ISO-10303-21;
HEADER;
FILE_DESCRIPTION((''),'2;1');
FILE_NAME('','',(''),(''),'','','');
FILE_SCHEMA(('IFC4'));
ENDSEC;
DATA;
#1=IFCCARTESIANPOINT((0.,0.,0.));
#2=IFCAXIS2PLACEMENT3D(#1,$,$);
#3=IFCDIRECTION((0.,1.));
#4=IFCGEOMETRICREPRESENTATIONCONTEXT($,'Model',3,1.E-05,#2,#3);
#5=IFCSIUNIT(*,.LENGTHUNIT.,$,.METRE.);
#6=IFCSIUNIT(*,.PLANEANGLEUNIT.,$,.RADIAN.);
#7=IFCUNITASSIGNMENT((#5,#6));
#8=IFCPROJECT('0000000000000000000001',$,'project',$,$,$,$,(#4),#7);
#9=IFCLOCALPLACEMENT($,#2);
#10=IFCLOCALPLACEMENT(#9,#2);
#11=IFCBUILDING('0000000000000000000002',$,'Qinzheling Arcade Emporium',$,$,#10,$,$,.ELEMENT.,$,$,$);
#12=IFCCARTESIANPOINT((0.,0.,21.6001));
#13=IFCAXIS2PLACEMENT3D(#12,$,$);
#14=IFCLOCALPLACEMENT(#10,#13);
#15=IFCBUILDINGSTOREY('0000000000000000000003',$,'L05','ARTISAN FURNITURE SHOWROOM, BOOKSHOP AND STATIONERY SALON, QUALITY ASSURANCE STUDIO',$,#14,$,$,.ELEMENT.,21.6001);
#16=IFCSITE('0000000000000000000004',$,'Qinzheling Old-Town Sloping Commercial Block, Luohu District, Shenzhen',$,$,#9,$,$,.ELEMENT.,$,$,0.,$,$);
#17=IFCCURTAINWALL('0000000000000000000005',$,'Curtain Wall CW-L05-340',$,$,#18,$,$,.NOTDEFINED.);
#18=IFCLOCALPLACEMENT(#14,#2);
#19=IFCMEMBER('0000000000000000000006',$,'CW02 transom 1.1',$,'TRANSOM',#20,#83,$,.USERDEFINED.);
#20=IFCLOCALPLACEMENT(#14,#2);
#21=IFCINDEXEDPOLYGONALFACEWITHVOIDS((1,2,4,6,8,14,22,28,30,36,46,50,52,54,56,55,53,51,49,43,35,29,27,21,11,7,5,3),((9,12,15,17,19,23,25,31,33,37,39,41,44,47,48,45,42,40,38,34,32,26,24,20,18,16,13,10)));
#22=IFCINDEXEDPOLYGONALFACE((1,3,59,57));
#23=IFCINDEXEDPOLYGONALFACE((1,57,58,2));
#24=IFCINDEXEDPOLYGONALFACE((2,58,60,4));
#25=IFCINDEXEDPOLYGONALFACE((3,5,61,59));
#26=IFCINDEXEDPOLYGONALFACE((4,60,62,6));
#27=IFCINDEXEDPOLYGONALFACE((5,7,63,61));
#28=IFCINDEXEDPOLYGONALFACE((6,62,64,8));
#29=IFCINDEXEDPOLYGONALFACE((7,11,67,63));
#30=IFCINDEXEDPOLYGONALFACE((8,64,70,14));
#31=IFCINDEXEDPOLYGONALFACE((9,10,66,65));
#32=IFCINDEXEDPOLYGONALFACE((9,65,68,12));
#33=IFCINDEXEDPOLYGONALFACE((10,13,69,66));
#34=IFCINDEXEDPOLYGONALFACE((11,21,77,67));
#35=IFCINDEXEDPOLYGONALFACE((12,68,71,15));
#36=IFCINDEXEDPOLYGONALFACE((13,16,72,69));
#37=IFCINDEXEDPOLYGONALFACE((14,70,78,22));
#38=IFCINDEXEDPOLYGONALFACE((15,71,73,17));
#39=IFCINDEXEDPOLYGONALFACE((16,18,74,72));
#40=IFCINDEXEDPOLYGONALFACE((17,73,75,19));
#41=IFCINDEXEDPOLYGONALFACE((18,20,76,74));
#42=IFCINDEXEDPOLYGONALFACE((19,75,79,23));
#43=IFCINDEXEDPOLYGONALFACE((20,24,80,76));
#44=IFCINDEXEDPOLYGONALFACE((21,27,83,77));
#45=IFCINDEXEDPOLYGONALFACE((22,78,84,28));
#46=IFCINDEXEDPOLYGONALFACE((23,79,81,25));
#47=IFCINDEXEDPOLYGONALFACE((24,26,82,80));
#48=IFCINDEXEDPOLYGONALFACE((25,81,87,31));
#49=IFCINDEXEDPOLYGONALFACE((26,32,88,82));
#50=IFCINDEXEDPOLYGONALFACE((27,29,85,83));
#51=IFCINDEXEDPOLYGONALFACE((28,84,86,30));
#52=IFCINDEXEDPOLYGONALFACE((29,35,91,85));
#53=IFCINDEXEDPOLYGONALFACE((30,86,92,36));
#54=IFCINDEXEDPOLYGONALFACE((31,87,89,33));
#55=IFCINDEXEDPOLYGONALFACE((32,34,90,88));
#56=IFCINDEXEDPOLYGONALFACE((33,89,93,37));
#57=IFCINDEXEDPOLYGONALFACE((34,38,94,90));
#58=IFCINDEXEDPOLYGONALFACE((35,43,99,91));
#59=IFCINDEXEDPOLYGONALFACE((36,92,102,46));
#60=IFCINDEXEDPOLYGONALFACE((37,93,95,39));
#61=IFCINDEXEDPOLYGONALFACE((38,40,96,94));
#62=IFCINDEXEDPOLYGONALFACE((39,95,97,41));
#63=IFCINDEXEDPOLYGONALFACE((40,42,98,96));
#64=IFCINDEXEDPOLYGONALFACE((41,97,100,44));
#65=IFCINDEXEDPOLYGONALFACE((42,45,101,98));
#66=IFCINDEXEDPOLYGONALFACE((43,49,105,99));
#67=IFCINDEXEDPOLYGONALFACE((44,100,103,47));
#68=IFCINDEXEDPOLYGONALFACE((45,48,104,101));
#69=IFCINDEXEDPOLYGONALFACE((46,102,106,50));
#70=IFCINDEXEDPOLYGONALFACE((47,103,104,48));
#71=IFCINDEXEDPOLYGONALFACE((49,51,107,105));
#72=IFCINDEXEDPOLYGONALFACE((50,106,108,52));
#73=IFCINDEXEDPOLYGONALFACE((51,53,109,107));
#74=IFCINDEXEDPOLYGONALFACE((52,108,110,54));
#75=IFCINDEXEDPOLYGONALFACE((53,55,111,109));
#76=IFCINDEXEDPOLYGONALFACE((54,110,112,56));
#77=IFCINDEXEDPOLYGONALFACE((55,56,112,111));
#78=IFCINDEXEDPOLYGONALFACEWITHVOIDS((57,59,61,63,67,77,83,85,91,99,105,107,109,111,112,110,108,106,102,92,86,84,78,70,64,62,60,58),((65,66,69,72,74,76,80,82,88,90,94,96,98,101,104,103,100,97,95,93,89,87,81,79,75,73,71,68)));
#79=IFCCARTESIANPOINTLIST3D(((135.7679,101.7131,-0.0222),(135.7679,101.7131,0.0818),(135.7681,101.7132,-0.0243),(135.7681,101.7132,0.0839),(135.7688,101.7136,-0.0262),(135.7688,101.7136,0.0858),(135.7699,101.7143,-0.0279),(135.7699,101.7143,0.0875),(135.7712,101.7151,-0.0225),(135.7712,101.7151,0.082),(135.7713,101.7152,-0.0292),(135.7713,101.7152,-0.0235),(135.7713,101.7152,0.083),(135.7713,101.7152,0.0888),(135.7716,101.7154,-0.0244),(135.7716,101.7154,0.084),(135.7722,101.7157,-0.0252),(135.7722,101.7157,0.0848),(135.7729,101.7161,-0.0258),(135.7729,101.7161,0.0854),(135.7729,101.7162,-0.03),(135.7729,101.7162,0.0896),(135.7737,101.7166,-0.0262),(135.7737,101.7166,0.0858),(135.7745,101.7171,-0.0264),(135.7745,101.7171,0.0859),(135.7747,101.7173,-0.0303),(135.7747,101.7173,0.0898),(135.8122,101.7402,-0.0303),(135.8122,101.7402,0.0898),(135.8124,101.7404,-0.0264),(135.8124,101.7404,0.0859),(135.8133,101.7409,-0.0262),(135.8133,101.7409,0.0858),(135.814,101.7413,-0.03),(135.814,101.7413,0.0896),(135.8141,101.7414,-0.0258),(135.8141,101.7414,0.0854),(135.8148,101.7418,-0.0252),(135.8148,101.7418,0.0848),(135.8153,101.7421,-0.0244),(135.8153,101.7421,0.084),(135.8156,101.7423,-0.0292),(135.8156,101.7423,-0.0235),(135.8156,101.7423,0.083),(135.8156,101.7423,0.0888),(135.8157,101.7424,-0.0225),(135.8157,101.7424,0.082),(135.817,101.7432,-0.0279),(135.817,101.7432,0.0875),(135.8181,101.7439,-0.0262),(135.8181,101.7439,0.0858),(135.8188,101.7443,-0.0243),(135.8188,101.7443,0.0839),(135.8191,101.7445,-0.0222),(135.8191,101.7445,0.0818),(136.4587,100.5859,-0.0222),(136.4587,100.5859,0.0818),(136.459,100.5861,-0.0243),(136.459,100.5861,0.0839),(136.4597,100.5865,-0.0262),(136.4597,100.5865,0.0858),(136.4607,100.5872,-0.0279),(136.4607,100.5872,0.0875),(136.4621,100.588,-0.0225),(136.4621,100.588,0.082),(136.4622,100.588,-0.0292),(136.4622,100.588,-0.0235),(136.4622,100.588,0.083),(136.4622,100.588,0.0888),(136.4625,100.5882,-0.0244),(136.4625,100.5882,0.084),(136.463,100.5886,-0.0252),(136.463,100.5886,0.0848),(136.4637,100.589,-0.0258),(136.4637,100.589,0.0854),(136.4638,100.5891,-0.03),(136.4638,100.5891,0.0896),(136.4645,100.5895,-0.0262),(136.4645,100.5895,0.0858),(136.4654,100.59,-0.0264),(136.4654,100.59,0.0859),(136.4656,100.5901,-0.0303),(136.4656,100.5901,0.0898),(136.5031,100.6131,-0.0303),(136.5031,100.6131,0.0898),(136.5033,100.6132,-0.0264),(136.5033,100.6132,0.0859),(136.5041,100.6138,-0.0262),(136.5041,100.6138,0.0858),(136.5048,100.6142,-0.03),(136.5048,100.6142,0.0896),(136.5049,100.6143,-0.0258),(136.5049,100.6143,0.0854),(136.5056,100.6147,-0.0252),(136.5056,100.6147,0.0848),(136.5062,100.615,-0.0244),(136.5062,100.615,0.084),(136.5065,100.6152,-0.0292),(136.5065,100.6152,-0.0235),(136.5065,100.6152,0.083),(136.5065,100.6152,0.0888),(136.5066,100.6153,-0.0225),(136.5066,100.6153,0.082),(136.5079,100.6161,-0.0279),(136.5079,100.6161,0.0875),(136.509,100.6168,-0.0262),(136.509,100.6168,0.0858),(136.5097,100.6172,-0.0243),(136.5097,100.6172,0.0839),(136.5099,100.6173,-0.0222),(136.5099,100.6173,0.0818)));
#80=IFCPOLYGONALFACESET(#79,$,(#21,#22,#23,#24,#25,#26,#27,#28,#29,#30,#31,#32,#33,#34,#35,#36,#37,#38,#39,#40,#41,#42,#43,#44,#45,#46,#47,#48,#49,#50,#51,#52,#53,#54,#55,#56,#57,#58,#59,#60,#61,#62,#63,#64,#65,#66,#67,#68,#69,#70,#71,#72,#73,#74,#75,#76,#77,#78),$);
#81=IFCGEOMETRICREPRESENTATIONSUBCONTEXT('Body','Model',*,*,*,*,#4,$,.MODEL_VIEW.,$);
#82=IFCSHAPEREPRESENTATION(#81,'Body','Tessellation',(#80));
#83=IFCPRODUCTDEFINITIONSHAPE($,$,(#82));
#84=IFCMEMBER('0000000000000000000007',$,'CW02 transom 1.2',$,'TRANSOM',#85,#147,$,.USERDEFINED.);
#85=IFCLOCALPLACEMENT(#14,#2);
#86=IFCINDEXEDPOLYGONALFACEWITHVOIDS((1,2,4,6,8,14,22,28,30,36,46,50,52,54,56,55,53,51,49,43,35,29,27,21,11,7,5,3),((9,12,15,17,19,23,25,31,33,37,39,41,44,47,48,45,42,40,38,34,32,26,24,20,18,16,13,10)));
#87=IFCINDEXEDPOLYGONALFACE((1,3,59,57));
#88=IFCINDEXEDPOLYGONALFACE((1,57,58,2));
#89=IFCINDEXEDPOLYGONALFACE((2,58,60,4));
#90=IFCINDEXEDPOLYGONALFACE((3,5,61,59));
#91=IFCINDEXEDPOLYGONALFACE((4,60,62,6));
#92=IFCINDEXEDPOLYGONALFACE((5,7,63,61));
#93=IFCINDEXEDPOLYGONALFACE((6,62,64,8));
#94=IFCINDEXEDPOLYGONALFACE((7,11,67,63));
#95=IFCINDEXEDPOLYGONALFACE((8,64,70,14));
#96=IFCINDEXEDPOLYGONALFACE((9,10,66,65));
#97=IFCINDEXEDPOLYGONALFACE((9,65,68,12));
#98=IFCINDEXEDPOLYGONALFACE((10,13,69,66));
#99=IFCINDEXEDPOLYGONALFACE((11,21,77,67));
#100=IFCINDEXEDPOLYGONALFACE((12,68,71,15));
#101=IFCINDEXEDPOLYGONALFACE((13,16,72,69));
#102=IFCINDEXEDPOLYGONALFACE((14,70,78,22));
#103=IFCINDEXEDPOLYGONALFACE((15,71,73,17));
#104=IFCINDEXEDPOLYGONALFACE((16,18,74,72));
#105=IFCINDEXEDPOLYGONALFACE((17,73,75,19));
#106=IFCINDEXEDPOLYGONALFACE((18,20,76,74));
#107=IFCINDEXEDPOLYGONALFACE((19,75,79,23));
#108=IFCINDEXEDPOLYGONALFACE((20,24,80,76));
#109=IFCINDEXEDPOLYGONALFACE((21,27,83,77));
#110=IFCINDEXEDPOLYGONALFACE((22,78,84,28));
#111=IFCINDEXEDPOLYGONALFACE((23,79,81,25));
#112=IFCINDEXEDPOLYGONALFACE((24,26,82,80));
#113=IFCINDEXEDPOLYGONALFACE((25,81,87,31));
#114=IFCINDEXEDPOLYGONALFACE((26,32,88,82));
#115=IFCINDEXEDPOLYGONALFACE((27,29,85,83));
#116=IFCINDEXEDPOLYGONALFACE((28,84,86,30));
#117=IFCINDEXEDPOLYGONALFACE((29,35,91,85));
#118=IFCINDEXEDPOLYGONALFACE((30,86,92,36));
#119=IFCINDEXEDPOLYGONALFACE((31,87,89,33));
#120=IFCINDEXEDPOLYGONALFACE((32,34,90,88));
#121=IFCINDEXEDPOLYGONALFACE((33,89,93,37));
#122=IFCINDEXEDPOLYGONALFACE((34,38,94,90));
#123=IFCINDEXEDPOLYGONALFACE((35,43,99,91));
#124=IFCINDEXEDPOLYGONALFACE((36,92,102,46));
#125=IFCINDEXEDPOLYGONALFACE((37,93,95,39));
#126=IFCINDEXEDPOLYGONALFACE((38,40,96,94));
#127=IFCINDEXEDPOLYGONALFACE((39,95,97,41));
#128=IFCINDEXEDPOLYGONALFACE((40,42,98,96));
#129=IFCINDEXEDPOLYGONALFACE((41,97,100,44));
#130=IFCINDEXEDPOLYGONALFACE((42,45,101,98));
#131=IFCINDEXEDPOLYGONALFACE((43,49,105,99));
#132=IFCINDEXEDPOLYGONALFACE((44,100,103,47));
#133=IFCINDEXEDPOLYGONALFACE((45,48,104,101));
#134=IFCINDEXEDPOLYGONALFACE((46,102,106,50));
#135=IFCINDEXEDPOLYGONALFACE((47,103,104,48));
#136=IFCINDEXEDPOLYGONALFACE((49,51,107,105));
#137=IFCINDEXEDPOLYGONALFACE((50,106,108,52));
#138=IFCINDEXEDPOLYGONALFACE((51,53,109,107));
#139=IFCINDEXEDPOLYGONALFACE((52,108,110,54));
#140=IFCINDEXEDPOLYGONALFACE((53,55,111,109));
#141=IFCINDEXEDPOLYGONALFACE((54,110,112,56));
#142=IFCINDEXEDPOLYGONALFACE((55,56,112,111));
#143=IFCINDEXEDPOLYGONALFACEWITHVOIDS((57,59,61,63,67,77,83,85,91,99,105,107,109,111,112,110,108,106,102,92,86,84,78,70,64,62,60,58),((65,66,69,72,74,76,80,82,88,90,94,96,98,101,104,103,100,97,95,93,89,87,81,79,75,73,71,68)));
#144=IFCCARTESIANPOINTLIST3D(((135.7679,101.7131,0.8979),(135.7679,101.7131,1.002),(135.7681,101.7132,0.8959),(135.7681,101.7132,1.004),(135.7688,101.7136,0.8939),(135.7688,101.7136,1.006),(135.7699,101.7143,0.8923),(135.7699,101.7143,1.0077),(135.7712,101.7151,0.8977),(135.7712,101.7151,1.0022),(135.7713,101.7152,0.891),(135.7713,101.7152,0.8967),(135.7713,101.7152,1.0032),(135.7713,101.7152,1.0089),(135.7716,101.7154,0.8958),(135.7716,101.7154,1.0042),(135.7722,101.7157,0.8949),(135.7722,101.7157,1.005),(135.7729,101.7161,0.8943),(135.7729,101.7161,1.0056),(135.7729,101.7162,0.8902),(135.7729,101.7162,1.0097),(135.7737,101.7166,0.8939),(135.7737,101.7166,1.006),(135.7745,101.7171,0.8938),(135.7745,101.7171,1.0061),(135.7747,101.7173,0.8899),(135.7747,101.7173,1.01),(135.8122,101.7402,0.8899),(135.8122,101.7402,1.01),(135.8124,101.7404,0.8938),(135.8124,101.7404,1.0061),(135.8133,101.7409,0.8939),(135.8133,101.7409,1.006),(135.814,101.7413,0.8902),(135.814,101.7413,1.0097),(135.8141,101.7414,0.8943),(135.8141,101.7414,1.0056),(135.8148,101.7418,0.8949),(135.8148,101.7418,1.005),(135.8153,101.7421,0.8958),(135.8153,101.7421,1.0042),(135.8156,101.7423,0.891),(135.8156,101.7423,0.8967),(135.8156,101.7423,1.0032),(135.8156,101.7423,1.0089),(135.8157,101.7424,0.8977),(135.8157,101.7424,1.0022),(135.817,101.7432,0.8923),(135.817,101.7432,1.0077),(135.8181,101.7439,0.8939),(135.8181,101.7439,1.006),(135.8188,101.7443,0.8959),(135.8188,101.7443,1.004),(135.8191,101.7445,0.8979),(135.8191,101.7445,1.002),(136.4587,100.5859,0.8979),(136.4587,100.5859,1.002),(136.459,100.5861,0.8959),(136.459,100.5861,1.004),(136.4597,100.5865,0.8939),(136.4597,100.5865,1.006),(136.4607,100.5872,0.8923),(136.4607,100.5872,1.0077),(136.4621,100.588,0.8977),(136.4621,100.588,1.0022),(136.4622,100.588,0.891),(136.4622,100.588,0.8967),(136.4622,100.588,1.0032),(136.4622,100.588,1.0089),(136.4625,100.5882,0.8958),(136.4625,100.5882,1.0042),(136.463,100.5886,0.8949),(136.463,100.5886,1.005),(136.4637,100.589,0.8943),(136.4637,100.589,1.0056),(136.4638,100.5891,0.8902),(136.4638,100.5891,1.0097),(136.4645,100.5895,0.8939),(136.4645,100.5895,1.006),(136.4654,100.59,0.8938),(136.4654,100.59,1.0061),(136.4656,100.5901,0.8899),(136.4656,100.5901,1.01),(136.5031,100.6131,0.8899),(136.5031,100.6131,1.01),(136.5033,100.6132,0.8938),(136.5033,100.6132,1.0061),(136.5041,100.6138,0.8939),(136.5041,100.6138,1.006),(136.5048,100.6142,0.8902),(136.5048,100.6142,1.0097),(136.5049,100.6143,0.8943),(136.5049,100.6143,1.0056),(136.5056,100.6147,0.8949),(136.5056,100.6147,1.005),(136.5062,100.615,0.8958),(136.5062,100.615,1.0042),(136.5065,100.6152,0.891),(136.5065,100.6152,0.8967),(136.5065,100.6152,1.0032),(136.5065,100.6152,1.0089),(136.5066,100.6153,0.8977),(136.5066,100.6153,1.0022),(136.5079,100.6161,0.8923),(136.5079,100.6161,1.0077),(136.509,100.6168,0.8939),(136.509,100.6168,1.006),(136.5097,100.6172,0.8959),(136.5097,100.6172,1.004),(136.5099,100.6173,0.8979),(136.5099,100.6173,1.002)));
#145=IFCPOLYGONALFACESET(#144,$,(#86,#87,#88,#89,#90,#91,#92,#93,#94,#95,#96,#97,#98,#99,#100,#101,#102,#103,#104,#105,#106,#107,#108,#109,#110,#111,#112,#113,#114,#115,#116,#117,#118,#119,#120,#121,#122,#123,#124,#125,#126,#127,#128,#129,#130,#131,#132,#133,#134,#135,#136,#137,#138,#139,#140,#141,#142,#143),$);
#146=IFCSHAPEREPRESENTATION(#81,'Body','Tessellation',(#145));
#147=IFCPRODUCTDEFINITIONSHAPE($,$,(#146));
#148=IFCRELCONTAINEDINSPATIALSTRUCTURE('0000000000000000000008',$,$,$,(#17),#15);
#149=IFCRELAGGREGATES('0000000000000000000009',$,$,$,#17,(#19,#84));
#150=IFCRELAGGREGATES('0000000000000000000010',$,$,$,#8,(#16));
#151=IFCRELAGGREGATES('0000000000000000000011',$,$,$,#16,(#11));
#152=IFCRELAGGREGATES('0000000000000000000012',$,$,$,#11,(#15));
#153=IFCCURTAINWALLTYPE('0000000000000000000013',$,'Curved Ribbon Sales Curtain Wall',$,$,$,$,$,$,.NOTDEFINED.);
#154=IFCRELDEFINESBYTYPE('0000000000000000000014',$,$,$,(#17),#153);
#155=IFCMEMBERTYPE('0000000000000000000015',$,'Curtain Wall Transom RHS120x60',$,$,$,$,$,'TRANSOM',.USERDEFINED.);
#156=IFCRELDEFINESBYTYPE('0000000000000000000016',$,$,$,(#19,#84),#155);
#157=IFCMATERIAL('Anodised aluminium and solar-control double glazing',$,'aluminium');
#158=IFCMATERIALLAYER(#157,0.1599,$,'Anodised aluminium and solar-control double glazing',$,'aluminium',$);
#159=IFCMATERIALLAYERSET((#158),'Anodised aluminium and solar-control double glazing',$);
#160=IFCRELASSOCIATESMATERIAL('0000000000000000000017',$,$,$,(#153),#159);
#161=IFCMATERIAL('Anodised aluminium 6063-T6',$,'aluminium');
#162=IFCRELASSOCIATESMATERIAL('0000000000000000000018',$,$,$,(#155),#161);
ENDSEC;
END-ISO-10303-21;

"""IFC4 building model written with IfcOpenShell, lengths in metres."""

from ifc_helpers import new_model, si_unit, direction, frame, origin, origin_2d, place, context, subcontext, project, spatial, hollow_rectangle, extrude, material, layer, layer_set, material_profile, profile_set, type_object, element, aggregate, save


model = new_model("IFC4")

# Units and contexts
model_context = context("Model", 3, precision=1e-05, world=origin(), true_north=direction((0.0, 1.0)))
body_context = subcontext(model_context, "Body", "Model", "MODEL_VIEW")
ifc_project = project(units=[si_unit("LENGTHUNIT", "METRE"), si_unit("PLANEANGLEUNIT", "RADIAN")], contexts=[model_context])

# Site, building, storey
site_placement = place(None, origin())
site = spatial("IfcSite", under=ifc_project, at=site_placement, Name="Qinzheling Old-Town Sloping Commercial Block, Luohu District, Shenzhen", CompositionType="ELEMENT", RefElevation=0.0)
building_placement = place(site_placement, origin())
building = spatial("IfcBuilding", under=site, at=building_placement, Name="Qinzheling Arcade Emporium", CompositionType="ELEMENT")
storey_placement = place(building_placement, frame((0.0, 0.0, 21.6001)))
storey = spatial("IfcBuildingStorey", under=building, at=storey_placement, Name="L05", Description="ARTISAN FURNITURE SHOWROOM, BOOKSHOP AND STATIONERY SALON, QUALITY ASSURANCE STUDIO", CompositionType="ELEMENT", Elevation=21.6001)

# Shared definitions
ifc_material_1 = material(Name="Anodised aluminium and solar-control double glazing", Category="aluminium")
ifc_layer_1 = layer(ifc_material_1, 0.1599, Name="Anodised aluminium and solar-control double glazing", Category="aluminium")
ifc_layer_set_1 = layer_set([ifc_layer_1], Name="Anodised aluminium and solar-control double glazing")
curtain_wall_type = type_object("IfcCurtainWallType", Name="Curved Ribbon Sales Curtain Wall", PredefinedType="NOTDEFINED", material=ifc_layer_set_1)
ifc_material_2 = material(Name="Anodised aluminium 6063-T6", Category="aluminium")

# Curtain wall
curtain_wall_1_placement = place(storey_placement, origin())
curtain_wall_1 = element("IfcCurtainWall", 1, at=curtain_wall_1_placement, inside=storey, type_object=curtain_wall_type, Name="Curtain Wall CW-L05-340", PredefinedType="NOTDEFINED")

# Members
ifc_material_profile_1 = material_profile(ifc_material_2, hollow_rectangle(XDim=0.0601, YDim=0.1201, WallThickness=0.0039, InnerFilletRadius=0.0039, OuterFilletRadius=0.0081, at=origin_2d()), Name="RHS 120x60x4", Category="aluminium")
ifc_profile_set_1 = profile_set([ifc_material_profile_1], Name="Anodised aluminium 6063-T6")
member_type_1 = type_object("IfcMemberType", Name="Curtain Wall Transom RHS120x60", ElementType="TRANSOM", PredefinedType="USERDEFINED", material=ifc_profile_set_1)
member_1_placement = place(storey_placement, frame((135.7935, 101.7288, 0.0298), z_axis=(0.522592, -0.852583, 0.0), x_axis=(0.852583, 0.522592, 0.0)))
member_1 = element("IfcMember", 2, at=member_1_placement, type_object=member_type_1, Name="CW02 transom 1.1", ObjectType="TRANSOM", PredefinedType="USERDEFINED", context=body_context, shape_type="SweptSolid", body=[
    extrude(hollow_rectangle(XDim=0.0601, YDim=0.1201, WallThickness=0.0039, InnerFilletRadius=0.0039, OuterFilletRadius=0.0081, at=origin_2d()), origin(), (0.0, 0.0, 1.0), 1.322),
])
member_2_placement = place(storey_placement, frame((135.7935, 101.7288, 0.95), z_axis=(0.522592, -0.852583, 0.0), x_axis=(0.852583, 0.522592, 0.0)))
member_2 = element("IfcMember", 3, at=member_2_placement, type_object=member_type_1, Name="CW02 transom 1.2", ObjectType="TRANSOM", PredefinedType="USERDEFINED", context=body_context, shape_type="SweptSolid", body=[
    extrude(hollow_rectangle(XDim=0.0601, YDim=0.1201, WallThickness=0.0039, InnerFilletRadius=0.0039, OuterFilletRadius=0.0081, at=origin_2d()), origin(), (0.0, 0.0, 1.0), 1.322),
])

aggregate(curtain_wall_1, [member_1, member_2])

save(model, "model.ifc")
